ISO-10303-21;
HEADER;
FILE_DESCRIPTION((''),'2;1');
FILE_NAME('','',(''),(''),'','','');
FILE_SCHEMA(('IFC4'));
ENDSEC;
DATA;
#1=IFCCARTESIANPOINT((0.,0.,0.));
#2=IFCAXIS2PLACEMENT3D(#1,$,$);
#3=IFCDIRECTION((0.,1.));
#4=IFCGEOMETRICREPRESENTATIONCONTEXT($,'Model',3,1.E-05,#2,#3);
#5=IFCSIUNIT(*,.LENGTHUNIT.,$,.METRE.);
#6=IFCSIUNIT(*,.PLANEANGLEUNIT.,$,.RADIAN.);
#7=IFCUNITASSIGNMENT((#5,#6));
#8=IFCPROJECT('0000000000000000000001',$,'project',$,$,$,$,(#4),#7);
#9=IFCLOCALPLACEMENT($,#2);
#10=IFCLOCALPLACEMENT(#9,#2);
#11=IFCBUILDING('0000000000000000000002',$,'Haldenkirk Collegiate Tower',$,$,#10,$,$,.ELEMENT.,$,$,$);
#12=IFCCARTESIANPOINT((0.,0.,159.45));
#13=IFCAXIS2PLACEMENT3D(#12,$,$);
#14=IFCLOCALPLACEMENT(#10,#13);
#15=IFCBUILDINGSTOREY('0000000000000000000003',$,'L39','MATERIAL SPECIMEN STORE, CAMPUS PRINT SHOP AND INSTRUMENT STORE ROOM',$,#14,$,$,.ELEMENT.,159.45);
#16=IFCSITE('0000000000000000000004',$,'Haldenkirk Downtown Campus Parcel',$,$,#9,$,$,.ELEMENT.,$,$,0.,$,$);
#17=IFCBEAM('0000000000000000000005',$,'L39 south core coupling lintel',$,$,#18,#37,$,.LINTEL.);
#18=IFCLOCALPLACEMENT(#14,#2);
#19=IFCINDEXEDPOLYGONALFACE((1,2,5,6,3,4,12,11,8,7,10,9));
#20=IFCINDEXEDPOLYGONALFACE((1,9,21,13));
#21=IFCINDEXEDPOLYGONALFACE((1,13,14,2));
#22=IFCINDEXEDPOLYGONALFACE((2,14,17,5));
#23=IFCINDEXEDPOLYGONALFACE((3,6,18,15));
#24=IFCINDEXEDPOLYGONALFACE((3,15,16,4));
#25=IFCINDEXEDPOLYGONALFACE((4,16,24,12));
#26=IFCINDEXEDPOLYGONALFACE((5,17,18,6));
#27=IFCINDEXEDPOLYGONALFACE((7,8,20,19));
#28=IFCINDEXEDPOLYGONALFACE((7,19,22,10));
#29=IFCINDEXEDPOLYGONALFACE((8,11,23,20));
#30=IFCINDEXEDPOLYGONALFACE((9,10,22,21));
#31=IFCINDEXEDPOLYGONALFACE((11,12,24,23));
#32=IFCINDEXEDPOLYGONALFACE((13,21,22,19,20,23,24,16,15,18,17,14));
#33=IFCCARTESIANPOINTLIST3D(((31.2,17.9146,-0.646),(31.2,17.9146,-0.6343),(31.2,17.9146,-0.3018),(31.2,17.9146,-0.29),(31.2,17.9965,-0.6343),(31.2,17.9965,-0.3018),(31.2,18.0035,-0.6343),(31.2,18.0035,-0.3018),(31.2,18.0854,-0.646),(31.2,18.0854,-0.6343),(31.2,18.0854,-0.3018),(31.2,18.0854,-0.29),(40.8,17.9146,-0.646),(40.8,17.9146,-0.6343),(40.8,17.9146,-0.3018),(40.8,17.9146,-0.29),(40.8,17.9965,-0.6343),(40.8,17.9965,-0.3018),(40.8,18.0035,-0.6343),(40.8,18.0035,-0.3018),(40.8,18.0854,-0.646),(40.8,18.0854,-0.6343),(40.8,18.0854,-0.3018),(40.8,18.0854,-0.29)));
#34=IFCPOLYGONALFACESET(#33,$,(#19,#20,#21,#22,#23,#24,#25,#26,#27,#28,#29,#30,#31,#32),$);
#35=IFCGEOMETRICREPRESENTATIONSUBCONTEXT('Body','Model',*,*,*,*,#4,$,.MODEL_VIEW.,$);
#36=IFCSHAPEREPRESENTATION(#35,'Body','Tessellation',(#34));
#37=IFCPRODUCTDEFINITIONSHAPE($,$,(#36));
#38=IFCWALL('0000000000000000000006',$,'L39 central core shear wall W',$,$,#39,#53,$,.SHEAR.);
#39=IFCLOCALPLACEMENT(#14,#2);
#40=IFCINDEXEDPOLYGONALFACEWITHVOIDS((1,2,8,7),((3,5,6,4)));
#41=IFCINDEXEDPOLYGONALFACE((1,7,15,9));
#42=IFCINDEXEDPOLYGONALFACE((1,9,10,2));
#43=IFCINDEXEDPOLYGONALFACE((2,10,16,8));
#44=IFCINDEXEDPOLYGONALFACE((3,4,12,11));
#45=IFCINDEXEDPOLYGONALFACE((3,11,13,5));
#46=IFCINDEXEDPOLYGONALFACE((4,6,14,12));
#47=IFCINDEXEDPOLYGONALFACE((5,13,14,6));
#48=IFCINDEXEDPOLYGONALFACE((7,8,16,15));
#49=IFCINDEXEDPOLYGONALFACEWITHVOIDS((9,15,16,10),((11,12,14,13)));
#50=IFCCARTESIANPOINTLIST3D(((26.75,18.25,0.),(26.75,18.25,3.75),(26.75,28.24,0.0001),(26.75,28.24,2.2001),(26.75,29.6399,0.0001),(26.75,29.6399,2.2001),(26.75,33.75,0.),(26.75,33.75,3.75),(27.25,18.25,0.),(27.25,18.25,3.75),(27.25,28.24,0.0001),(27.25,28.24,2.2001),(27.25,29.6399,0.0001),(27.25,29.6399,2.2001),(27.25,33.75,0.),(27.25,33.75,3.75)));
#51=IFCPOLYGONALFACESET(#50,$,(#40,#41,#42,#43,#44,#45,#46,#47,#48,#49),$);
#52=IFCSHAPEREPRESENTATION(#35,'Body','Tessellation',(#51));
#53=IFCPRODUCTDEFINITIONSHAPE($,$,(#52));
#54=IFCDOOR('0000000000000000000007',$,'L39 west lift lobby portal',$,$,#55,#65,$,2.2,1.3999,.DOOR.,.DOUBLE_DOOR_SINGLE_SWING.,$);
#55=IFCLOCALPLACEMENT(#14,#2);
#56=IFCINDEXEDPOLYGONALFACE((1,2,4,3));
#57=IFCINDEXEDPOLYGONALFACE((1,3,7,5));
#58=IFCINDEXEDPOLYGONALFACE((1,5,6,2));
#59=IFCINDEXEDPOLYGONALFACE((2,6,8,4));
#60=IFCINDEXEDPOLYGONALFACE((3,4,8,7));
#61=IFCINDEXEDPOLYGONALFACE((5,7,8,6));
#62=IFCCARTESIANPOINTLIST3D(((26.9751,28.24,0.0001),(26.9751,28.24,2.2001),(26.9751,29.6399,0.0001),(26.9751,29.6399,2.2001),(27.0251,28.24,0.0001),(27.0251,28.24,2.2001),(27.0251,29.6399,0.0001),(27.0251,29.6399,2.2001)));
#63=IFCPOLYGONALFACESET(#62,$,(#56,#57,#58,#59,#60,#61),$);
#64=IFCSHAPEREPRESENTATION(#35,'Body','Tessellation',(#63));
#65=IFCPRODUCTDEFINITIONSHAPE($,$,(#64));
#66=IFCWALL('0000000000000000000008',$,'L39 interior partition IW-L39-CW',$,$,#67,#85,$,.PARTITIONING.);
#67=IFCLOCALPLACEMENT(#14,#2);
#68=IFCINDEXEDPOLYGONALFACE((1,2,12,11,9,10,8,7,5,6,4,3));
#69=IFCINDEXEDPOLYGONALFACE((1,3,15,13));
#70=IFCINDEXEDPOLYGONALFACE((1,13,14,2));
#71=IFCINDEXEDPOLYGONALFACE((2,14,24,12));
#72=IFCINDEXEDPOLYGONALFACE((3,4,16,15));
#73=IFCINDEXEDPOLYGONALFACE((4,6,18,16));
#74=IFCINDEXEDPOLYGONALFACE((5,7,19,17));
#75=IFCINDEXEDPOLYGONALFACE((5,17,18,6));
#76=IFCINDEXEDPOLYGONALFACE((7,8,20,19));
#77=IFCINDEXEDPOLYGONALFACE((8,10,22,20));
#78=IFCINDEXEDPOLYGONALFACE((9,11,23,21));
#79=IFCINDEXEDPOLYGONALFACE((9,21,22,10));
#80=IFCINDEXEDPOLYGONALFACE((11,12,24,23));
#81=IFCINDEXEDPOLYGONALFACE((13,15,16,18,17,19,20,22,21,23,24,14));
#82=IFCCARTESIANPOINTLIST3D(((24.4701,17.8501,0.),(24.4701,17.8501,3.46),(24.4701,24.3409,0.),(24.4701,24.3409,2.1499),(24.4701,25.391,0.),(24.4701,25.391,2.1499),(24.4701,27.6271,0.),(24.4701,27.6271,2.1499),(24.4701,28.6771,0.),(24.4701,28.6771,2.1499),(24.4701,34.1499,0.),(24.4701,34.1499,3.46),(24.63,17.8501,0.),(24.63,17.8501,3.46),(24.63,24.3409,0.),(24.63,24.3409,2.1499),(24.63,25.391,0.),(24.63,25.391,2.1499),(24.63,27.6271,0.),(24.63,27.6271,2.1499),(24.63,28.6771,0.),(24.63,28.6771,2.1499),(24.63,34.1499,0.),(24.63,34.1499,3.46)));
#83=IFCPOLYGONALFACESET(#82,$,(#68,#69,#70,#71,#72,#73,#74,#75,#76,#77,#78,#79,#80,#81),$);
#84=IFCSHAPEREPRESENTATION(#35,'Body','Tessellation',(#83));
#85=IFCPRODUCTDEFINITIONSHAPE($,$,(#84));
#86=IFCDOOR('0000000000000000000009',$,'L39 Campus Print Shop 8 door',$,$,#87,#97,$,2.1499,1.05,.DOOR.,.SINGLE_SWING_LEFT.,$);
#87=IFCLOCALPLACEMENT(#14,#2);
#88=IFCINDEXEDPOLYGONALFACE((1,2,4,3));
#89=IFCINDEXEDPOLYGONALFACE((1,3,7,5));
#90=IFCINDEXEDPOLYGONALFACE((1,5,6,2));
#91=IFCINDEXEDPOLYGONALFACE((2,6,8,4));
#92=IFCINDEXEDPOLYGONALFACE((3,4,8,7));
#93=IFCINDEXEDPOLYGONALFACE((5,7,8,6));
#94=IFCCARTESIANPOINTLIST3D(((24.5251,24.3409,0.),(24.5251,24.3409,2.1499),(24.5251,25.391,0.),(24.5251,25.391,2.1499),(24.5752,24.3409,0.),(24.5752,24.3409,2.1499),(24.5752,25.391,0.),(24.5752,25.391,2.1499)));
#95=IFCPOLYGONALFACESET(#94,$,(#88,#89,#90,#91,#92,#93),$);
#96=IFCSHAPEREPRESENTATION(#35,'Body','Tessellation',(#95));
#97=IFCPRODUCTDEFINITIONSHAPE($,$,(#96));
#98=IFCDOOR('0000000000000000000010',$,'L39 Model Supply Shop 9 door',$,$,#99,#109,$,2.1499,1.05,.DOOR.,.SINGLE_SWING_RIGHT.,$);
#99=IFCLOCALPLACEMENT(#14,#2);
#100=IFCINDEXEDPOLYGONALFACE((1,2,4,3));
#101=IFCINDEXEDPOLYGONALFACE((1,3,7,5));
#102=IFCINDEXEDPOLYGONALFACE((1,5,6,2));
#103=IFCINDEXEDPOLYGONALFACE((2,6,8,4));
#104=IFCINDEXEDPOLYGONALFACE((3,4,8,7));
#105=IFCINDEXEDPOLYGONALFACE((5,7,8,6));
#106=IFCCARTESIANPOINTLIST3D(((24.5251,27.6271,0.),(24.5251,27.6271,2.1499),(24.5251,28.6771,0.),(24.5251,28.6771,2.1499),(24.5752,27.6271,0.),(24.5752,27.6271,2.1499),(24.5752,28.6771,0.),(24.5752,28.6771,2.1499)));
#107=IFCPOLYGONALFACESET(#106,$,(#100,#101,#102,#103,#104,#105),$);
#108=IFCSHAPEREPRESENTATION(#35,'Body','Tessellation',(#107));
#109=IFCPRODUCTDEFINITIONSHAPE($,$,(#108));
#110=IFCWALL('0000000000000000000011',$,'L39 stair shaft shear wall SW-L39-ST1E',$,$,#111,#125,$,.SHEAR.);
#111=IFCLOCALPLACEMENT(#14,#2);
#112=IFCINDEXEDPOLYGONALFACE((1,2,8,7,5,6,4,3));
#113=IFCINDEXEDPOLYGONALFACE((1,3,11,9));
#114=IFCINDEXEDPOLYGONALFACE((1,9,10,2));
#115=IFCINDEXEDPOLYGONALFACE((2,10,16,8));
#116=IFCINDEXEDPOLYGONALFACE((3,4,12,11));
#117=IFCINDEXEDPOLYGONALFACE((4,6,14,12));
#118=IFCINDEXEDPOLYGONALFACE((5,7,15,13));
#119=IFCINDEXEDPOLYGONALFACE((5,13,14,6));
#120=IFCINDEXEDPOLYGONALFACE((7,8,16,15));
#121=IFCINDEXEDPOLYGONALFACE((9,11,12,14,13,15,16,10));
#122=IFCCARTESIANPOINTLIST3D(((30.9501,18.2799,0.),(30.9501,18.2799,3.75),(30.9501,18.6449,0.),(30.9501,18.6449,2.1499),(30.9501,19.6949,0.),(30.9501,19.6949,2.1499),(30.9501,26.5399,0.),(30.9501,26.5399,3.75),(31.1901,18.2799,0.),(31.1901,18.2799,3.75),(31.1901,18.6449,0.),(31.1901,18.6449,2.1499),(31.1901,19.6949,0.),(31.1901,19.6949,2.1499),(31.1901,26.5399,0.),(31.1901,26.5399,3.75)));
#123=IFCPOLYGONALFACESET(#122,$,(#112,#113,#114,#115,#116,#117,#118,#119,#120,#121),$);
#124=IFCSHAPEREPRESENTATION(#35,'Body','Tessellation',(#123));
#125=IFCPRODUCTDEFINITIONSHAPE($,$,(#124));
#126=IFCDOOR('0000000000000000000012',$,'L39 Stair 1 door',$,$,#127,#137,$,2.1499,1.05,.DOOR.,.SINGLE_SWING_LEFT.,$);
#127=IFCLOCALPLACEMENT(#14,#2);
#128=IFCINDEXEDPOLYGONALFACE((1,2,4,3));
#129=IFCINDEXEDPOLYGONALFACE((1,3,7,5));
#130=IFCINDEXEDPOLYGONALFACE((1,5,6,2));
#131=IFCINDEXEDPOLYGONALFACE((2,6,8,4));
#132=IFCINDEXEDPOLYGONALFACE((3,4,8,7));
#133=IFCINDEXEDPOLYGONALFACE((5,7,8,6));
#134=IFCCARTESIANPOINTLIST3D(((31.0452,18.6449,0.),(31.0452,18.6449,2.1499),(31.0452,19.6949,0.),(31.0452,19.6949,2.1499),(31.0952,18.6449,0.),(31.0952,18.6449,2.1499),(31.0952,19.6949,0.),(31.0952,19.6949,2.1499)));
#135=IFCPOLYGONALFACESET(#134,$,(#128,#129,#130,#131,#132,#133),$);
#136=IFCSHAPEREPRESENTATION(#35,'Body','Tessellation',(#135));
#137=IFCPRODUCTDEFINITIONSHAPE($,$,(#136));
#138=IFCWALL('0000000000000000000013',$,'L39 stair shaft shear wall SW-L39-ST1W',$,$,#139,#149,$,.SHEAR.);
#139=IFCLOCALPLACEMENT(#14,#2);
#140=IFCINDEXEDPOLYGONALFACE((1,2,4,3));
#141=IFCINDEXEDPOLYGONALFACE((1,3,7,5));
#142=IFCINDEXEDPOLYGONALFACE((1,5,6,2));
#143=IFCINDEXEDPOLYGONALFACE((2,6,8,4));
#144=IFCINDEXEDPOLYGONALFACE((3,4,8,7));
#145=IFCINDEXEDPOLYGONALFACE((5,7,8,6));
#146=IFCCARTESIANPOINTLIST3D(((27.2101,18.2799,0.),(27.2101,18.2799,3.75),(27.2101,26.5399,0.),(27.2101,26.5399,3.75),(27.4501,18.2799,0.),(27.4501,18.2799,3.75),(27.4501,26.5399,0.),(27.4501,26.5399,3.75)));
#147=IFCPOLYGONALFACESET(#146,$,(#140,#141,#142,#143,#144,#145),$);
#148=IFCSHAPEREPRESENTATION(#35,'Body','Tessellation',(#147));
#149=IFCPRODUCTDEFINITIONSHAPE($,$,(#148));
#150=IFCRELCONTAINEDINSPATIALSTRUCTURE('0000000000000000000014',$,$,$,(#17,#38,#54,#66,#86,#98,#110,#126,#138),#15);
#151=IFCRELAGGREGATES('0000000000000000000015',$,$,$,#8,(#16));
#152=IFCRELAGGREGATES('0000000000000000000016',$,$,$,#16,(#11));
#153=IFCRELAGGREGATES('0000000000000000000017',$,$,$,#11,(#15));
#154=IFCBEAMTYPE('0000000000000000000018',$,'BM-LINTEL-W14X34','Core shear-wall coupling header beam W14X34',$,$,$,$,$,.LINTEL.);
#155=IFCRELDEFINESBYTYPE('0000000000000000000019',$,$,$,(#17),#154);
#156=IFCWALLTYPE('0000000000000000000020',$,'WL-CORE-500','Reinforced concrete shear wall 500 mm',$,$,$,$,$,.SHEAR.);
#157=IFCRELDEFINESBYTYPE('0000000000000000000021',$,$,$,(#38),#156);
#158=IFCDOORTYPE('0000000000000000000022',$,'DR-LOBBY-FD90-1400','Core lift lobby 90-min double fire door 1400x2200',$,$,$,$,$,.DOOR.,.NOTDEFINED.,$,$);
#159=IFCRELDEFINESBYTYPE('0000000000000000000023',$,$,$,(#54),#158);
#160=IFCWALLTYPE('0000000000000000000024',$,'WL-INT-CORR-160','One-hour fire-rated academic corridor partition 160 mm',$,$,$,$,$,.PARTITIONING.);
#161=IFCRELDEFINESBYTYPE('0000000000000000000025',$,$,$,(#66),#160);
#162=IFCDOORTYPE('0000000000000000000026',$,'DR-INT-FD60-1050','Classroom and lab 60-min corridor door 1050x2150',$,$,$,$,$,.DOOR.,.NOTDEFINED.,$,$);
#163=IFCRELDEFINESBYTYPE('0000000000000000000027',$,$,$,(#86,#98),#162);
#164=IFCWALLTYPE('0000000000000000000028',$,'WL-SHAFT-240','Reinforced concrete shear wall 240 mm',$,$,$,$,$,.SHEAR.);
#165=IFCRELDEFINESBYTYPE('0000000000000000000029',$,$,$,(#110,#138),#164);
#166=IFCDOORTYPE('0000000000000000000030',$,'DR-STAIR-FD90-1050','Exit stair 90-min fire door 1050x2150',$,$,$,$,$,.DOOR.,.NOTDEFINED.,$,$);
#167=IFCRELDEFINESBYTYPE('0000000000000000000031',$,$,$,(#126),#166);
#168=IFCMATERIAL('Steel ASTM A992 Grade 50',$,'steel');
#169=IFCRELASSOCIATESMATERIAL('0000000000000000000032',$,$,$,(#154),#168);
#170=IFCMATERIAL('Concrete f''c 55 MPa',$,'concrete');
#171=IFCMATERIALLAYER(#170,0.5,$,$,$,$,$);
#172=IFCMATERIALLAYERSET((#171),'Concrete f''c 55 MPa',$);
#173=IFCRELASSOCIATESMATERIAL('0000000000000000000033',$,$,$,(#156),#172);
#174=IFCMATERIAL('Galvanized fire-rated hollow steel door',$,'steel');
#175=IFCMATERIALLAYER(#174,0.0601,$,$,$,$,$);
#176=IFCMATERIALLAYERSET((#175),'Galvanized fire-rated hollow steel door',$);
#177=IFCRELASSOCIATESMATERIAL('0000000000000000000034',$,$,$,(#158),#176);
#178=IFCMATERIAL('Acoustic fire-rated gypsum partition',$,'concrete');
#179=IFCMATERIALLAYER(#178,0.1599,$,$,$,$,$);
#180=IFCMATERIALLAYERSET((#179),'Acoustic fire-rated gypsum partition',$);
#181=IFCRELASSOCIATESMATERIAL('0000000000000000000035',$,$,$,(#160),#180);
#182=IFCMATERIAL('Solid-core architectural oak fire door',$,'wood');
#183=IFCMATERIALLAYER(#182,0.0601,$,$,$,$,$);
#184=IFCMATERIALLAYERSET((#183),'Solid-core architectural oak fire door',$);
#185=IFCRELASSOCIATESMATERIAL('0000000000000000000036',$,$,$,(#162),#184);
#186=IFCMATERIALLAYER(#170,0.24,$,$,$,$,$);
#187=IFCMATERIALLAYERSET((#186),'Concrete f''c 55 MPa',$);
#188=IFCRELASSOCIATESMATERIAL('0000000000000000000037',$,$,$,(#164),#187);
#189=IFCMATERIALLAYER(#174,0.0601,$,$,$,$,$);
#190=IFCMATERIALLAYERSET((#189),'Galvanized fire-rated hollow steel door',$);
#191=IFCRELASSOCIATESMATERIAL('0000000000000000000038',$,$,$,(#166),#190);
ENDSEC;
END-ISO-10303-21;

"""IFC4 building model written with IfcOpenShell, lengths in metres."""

from ifc_helpers import new_model, si_unit, direction, frame, frame_2d, origin, origin_2d, place, context, subcontext, project, spatial, rectangle, i_section, extrude, material, layer, layer_set, material_profile, profile_set, type_object, element, fill, save


model = new_model("IFC4")

# Units and contexts
model_context = context("Model", 3, precision=1e-05, world=origin(), true_north=direction((0.0, 1.0)))
body_context = subcontext(model_context, "Body", "Model", "MODEL_VIEW")
ifc_project = project(units=[si_unit("LENGTHUNIT", "METRE"), si_unit("PLANEANGLEUNIT", "RADIAN")], contexts=[model_context])

# Site, building, storey
site_placement = place(None, origin())
site = spatial("IfcSite", under=ifc_project, at=site_placement, Name="Haldenkirk Downtown Campus Parcel", CompositionType="ELEMENT", RefElevation=0.0)
building_placement = place(site_placement, origin())
building = spatial("IfcBuilding", under=site, at=building_placement, Name="Haldenkirk Collegiate Tower", CompositionType="ELEMENT")
storey_placement = place(building_placement, frame((0.0, 0.0, 159.45)))
storey = spatial("IfcBuildingStorey", under=building, at=storey_placement, Name="L39", Description="MATERIAL SPECIMEN STORE, CAMPUS PRINT SHOP AND INSTRUMENT STORE ROOM", CompositionType="ELEMENT", Elevation=159.45)

# Beam
ifc_material_1 = material(Name="Steel ASTM A992 Grade 50", Category="steel")
ifc_material_profile = material_profile(ifc_material_1, i_section(OverallWidth=0.1709, OverallDepth=0.356, WebThickness=0.0071, FlangeThickness=0.0117, at=origin_2d()), Name="W14X34")
ifc_profile_set = profile_set([ifc_material_profile], Name="Steel ASTM A992 Grade 50")
beam_type = type_object("IfcBeamType", Name="BM-LINTEL-W14X34", Description="Core shear-wall coupling header beam W14X34", PredefinedType="LINTEL", material=ifc_profile_set)
beam_placement = place(storey_placement, frame((31.2, 18.0, -0.468), z_axis=(1.0, 0.0, 0.0), x_axis=(0.0, 1.0, 0.0)))
element("IfcBeam", 1, at=beam_placement, inside=storey, type_object=beam_type, Name="L39 south core coupling lintel", PredefinedType="LINTEL", context=body_context, shape_type="SweptSolid", body=[
    extrude(i_section(OverallWidth=0.1709, OverallDepth=0.356, WebThickness=0.0071, FlangeThickness=0.0117, at=origin_2d()), origin(), (0.0, 0.0, 1.0), 9.6001),
])

# Shared definitions
ifc_material_2 = material(Name="Concrete f'c 55 MPa", Category="concrete")
ifc_layer_1 = layer(ifc_material_2, 0.5)
ifc_layer_set_1 = layer_set([ifc_layer_1], Name="Concrete f'c 55 MPa")
wall_type_1 = type_object("IfcWallType", Name="WL-CORE-500", Description="Reinforced concrete shear wall 500 mm", PredefinedType="SHEAR", material=ifc_layer_set_1)
ifc_material_3 = material(Name="Galvanized fire-rated hollow steel door", Category="steel")

# Wall, opening, door
wall_1_placement = place(storey_placement, frame((27.0, 18.25, 0.0), z_axis=(0.0, 0.0, 1.0), x_axis=(0.0, 1.0, 0.0)))
wall_1 = element("IfcWall", 2, at=wall_1_placement, inside=storey, type_object=wall_type_1, Name="L39 central core shear wall W", PredefinedType="SHEAR", context=body_context, shape_type="SweptSolid", body=[
    extrude(rectangle(XDim=15.5, YDim=0.5, at=frame_2d((7.75, 0.0))), origin(), (0.0, 0.0, 1.0), 3.75),
])
opening_1_placement = place(wall_1_placement, frame((9.99, 0.0, 0.0)))
opening_1 = element("IfcOpeningElement", 3, at=opening_1_placement, cuts=wall_1, PredefinedType="OPENING", context=body_context, shape_type="SweptSolid", body=[
    extrude(rectangle(XDim=1.3999, YDim=2.2, at=frame_2d((0.7, 1.1001))), frame((0.0, 0.26, 0.0), z_axis=(0.0, -1.0, 0.0), x_axis=(1.0, 0.0, 0.0)), (0.0, 0.0, 1.0), 0.52),
])
ifc_layer_2 = layer(ifc_material_3, 0.0601)
ifc_layer_set_2 = layer_set([ifc_layer_2], Name="Galvanized fire-rated hollow steel door")
door_type_1 = type_object("IfcDoorType", Name="DR-LOBBY-FD90-1400", Description="Core lift lobby 90-min double fire door 1400x2200", OperationType="NOTDEFINED", PredefinedType="DOOR", material=ifc_layer_set_2)
door_1_placement = place(opening_1_placement, origin())
door_1 = element("IfcDoor", 4, at=door_1_placement, inside=storey, type_object=door_type_1, Name="L39 west lift lobby portal", OperationType="DOUBLE_DOOR_SINGLE_SWING", OverallHeight=2.2, OverallWidth=1.3999, PredefinedType="DOOR", context=body_context, shape_type="SweptSolid", body=[
    extrude(rectangle(XDim=1.3999, YDim=2.2, at=frame_2d((0.7, 1.1001))), frame((0.0, 0.0249, 0.0), z_axis=(0.0, -1.0, 0.0), x_axis=(1.0, 0.0, 0.0)), (0.0, 0.0, 1.0), 0.05),
])
fill(opening_1, door_1)

# Wall, openings, doors
ifc_material_4 = material(Name="Acoustic fire-rated gypsum partition", Category="concrete")
ifc_layer_3 = layer(ifc_material_4, 0.1599)
ifc_layer_set_3 = layer_set([ifc_layer_3], Name="Acoustic fire-rated gypsum partition")
wall_type_2 = type_object("IfcWallType", Name="WL-INT-CORR-160", Description="One-hour fire-rated academic corridor partition 160 mm", PredefinedType="PARTITIONING", material=ifc_layer_set_3)
wall_2_placement = place(storey_placement, frame((24.55, 17.8501, 0.0), z_axis=(0.0, 0.0, 1.0), x_axis=(0.0, 1.0, 0.0)))
wall_2 = element("IfcWall", 5, at=wall_2_placement, inside=storey, type_object=wall_type_2, Name="L39 interior partition IW-L39-CW", PredefinedType="PARTITIONING", context=body_context, shape_type="SweptSolid", body=[
    extrude(rectangle(XDim=16.2998, YDim=0.1599, at=frame_2d((8.1499, 0.0))), origin(), (0.0, 0.0, 1.0), 3.46),
])
opening_2_placement = place(wall_2_placement, frame((6.491, 0.0, 0.0)))
opening_2 = element("IfcOpeningElement", 6, at=opening_2_placement, cuts=wall_2, PredefinedType="OPENING", context=body_context, shape_type="SweptSolid", body=[
    extrude(rectangle(XDim=1.05, YDim=2.1499, at=frame_2d((0.5249, 1.075))), frame((0.0, 0.0898, 0.0), z_axis=(0.0, -1.0, 0.0), x_axis=(1.0, 0.0, 0.0)), (0.0, 0.0, 1.0), 0.1799),
])
opening_3_placement = place(wall_2_placement, frame((9.7771, 0.0, 0.0)))
opening_3 = element("IfcOpeningElement", 7, at=opening_3_placement, cuts=wall_2, PredefinedType="OPENING", context=body_context, shape_type="SweptSolid", body=[
    extrude(rectangle(XDim=1.05, YDim=2.1499, at=frame_2d((0.5249, 1.075))), frame((0.0, 0.0898, 0.0), z_axis=(0.0, -1.0, 0.0), x_axis=(1.0, 0.0, 0.0)), (0.0, 0.0, 1.0), 0.1799),
])
ifc_material_5 = material(Name="Solid-core architectural oak fire door", Category="wood")
ifc_layer_4 = layer(ifc_material_5, 0.0601)
ifc_layer_set_4 = layer_set([ifc_layer_4], Name="Solid-core architectural oak fire door")
door_type_2 = type_object("IfcDoorType", Name="DR-INT-FD60-1050", Description="Classroom and lab 60-min corridor door 1050x2150", OperationType="NOTDEFINED", PredefinedType="DOOR", material=ifc_layer_set_4)
door_2_placement = place(opening_2_placement, origin())
door_2 = element("IfcDoor", 8, at=door_2_placement, inside=storey, type_object=door_type_2, Name="L39 Campus Print Shop 8 door", OperationType="SINGLE_SWING_LEFT", OverallHeight=2.1499, OverallWidth=1.05, PredefinedType="DOOR", context=body_context, shape_type="SweptSolid", body=[
    extrude(rectangle(XDim=1.05, YDim=2.1499, at=frame_2d((0.5249, 1.075))), frame((0.0, 0.0249, 0.0), z_axis=(0.0, -1.0, 0.0), x_axis=(1.0, 0.0, 0.0)), (0.0, 0.0, 1.0), 0.05),
])
fill(opening_2, door_2)
door_3_placement = place(opening_3_placement, origin())
door_3 = element("IfcDoor", 9, at=door_3_placement, inside=storey, type_object=door_type_2, Name="L39 Model Supply Shop 9 door", OperationType="SINGLE_SWING_RIGHT", OverallHeight=2.1499, OverallWidth=1.05, PredefinedType="DOOR", context=body_context, shape_type="SweptSolid", body=[
    extrude(rectangle(XDim=1.05, YDim=2.1499, at=frame_2d((0.5249, 1.075))), frame((0.0, 0.0249, 0.0), z_axis=(0.0, -1.0, 0.0), x_axis=(1.0, 0.0, 0.0)), (0.0, 0.0, 1.0), 0.05),
])
fill(opening_3, door_3)

# Wall, opening, door
ifc_layer_5 = layer(ifc_material_2, 0.24)
ifc_layer_set_5 = layer_set([ifc_layer_5], Name="Concrete f'c 55 MPa")
wall_type_3 = type_object("IfcWallType", Name="WL-SHAFT-240", Description="Reinforced concrete shear wall 240 mm", PredefinedType="SHEAR", material=ifc_layer_set_5)
wall_3_placement = place(storey_placement, frame((31.0701, 18.28, 0.0), z_axis=(0.0, 0.0, 1.0), x_axis=(0.0, 1.0, 0.0)))
wall_3 = element("IfcWall", 10, at=wall_3_placement, inside=storey, type_object=wall_type_3, Name="L39 stair shaft shear wall SW-L39-ST1E", PredefinedType="SHEAR", context=body_context, shape_type="SweptSolid", body=[
    extrude(rectangle(XDim=8.26, YDim=0.24, at=frame_2d((4.1299, 0.0))), origin(), (0.0, 0.0, 1.0), 3.75),
])
opening_4_placement = place(wall_3_placement, frame((0.365, 0.0, 0.0)))
opening_4 = element("IfcOpeningElement", 11, at=opening_4_placement, cuts=wall_3, PredefinedType="OPENING", context=body_context, shape_type="SweptSolid", body=[
    extrude(rectangle(XDim=1.05, YDim=2.1499, at=frame_2d((0.5249, 1.075))), frame((0.0, 0.1299, 0.0), z_axis=(0.0, -1.0, 0.0), x_axis=(1.0, 0.0, 0.0)), (0.0, 0.0, 1.0), 0.26),
])
ifc_layer_6 = layer(ifc_material_3, 0.0601)
ifc_layer_set_6 = layer_set([ifc_layer_6], Name="Galvanized fire-rated hollow steel door")
door_type_3 = type_object("IfcDoorType", Name="DR-STAIR-FD90-1050", Description="Exit stair 90-min fire door 1050x2150", OperationType="NOTDEFINED", PredefinedType="DOOR", material=ifc_layer_set_6)
door_4_placement = place(opening_4_placement, origin())
door_4 = element("IfcDoor", 12, at=door_4_placement, inside=storey, type_object=door_type_3, Name="L39 Stair 1 door", OperationType="SINGLE_SWING_LEFT", OverallHeight=2.1499, OverallWidth=1.05, PredefinedType="DOOR", context=body_context, shape_type="SweptSolid", body=[
    extrude(rectangle(XDim=1.05, YDim=2.1499, at=frame_2d((0.5249, 1.075))), frame((0.0, 0.0249, 0.0), z_axis=(0.0, -1.0, 0.0), x_axis=(1.0, 0.0, 0.0)), (0.0, 0.0, 1.0), 0.05),
])
fill(opening_4, door_4)

# Wall
wall_4_placement = place(storey_placement, frame((27.3301, 18.28, 0.0), z_axis=(0.0, 0.0, 1.0), x_axis=(0.0, 1.0, 0.0)))
element("IfcWall", 13, at=wall_4_placement, inside=storey, type_object=wall_type_3, Name="L39 stair shaft shear wall SW-L39-ST1W", PredefinedType="SHEAR", context=body_context, shape_type="SweptSolid", body=[
    extrude(rectangle(XDim=8.26, YDim=0.24, at=frame_2d((4.1299, 0.0))), origin(), (0.0, 0.0, 1.0), 3.75),
])

save(model, "model.ifc")
